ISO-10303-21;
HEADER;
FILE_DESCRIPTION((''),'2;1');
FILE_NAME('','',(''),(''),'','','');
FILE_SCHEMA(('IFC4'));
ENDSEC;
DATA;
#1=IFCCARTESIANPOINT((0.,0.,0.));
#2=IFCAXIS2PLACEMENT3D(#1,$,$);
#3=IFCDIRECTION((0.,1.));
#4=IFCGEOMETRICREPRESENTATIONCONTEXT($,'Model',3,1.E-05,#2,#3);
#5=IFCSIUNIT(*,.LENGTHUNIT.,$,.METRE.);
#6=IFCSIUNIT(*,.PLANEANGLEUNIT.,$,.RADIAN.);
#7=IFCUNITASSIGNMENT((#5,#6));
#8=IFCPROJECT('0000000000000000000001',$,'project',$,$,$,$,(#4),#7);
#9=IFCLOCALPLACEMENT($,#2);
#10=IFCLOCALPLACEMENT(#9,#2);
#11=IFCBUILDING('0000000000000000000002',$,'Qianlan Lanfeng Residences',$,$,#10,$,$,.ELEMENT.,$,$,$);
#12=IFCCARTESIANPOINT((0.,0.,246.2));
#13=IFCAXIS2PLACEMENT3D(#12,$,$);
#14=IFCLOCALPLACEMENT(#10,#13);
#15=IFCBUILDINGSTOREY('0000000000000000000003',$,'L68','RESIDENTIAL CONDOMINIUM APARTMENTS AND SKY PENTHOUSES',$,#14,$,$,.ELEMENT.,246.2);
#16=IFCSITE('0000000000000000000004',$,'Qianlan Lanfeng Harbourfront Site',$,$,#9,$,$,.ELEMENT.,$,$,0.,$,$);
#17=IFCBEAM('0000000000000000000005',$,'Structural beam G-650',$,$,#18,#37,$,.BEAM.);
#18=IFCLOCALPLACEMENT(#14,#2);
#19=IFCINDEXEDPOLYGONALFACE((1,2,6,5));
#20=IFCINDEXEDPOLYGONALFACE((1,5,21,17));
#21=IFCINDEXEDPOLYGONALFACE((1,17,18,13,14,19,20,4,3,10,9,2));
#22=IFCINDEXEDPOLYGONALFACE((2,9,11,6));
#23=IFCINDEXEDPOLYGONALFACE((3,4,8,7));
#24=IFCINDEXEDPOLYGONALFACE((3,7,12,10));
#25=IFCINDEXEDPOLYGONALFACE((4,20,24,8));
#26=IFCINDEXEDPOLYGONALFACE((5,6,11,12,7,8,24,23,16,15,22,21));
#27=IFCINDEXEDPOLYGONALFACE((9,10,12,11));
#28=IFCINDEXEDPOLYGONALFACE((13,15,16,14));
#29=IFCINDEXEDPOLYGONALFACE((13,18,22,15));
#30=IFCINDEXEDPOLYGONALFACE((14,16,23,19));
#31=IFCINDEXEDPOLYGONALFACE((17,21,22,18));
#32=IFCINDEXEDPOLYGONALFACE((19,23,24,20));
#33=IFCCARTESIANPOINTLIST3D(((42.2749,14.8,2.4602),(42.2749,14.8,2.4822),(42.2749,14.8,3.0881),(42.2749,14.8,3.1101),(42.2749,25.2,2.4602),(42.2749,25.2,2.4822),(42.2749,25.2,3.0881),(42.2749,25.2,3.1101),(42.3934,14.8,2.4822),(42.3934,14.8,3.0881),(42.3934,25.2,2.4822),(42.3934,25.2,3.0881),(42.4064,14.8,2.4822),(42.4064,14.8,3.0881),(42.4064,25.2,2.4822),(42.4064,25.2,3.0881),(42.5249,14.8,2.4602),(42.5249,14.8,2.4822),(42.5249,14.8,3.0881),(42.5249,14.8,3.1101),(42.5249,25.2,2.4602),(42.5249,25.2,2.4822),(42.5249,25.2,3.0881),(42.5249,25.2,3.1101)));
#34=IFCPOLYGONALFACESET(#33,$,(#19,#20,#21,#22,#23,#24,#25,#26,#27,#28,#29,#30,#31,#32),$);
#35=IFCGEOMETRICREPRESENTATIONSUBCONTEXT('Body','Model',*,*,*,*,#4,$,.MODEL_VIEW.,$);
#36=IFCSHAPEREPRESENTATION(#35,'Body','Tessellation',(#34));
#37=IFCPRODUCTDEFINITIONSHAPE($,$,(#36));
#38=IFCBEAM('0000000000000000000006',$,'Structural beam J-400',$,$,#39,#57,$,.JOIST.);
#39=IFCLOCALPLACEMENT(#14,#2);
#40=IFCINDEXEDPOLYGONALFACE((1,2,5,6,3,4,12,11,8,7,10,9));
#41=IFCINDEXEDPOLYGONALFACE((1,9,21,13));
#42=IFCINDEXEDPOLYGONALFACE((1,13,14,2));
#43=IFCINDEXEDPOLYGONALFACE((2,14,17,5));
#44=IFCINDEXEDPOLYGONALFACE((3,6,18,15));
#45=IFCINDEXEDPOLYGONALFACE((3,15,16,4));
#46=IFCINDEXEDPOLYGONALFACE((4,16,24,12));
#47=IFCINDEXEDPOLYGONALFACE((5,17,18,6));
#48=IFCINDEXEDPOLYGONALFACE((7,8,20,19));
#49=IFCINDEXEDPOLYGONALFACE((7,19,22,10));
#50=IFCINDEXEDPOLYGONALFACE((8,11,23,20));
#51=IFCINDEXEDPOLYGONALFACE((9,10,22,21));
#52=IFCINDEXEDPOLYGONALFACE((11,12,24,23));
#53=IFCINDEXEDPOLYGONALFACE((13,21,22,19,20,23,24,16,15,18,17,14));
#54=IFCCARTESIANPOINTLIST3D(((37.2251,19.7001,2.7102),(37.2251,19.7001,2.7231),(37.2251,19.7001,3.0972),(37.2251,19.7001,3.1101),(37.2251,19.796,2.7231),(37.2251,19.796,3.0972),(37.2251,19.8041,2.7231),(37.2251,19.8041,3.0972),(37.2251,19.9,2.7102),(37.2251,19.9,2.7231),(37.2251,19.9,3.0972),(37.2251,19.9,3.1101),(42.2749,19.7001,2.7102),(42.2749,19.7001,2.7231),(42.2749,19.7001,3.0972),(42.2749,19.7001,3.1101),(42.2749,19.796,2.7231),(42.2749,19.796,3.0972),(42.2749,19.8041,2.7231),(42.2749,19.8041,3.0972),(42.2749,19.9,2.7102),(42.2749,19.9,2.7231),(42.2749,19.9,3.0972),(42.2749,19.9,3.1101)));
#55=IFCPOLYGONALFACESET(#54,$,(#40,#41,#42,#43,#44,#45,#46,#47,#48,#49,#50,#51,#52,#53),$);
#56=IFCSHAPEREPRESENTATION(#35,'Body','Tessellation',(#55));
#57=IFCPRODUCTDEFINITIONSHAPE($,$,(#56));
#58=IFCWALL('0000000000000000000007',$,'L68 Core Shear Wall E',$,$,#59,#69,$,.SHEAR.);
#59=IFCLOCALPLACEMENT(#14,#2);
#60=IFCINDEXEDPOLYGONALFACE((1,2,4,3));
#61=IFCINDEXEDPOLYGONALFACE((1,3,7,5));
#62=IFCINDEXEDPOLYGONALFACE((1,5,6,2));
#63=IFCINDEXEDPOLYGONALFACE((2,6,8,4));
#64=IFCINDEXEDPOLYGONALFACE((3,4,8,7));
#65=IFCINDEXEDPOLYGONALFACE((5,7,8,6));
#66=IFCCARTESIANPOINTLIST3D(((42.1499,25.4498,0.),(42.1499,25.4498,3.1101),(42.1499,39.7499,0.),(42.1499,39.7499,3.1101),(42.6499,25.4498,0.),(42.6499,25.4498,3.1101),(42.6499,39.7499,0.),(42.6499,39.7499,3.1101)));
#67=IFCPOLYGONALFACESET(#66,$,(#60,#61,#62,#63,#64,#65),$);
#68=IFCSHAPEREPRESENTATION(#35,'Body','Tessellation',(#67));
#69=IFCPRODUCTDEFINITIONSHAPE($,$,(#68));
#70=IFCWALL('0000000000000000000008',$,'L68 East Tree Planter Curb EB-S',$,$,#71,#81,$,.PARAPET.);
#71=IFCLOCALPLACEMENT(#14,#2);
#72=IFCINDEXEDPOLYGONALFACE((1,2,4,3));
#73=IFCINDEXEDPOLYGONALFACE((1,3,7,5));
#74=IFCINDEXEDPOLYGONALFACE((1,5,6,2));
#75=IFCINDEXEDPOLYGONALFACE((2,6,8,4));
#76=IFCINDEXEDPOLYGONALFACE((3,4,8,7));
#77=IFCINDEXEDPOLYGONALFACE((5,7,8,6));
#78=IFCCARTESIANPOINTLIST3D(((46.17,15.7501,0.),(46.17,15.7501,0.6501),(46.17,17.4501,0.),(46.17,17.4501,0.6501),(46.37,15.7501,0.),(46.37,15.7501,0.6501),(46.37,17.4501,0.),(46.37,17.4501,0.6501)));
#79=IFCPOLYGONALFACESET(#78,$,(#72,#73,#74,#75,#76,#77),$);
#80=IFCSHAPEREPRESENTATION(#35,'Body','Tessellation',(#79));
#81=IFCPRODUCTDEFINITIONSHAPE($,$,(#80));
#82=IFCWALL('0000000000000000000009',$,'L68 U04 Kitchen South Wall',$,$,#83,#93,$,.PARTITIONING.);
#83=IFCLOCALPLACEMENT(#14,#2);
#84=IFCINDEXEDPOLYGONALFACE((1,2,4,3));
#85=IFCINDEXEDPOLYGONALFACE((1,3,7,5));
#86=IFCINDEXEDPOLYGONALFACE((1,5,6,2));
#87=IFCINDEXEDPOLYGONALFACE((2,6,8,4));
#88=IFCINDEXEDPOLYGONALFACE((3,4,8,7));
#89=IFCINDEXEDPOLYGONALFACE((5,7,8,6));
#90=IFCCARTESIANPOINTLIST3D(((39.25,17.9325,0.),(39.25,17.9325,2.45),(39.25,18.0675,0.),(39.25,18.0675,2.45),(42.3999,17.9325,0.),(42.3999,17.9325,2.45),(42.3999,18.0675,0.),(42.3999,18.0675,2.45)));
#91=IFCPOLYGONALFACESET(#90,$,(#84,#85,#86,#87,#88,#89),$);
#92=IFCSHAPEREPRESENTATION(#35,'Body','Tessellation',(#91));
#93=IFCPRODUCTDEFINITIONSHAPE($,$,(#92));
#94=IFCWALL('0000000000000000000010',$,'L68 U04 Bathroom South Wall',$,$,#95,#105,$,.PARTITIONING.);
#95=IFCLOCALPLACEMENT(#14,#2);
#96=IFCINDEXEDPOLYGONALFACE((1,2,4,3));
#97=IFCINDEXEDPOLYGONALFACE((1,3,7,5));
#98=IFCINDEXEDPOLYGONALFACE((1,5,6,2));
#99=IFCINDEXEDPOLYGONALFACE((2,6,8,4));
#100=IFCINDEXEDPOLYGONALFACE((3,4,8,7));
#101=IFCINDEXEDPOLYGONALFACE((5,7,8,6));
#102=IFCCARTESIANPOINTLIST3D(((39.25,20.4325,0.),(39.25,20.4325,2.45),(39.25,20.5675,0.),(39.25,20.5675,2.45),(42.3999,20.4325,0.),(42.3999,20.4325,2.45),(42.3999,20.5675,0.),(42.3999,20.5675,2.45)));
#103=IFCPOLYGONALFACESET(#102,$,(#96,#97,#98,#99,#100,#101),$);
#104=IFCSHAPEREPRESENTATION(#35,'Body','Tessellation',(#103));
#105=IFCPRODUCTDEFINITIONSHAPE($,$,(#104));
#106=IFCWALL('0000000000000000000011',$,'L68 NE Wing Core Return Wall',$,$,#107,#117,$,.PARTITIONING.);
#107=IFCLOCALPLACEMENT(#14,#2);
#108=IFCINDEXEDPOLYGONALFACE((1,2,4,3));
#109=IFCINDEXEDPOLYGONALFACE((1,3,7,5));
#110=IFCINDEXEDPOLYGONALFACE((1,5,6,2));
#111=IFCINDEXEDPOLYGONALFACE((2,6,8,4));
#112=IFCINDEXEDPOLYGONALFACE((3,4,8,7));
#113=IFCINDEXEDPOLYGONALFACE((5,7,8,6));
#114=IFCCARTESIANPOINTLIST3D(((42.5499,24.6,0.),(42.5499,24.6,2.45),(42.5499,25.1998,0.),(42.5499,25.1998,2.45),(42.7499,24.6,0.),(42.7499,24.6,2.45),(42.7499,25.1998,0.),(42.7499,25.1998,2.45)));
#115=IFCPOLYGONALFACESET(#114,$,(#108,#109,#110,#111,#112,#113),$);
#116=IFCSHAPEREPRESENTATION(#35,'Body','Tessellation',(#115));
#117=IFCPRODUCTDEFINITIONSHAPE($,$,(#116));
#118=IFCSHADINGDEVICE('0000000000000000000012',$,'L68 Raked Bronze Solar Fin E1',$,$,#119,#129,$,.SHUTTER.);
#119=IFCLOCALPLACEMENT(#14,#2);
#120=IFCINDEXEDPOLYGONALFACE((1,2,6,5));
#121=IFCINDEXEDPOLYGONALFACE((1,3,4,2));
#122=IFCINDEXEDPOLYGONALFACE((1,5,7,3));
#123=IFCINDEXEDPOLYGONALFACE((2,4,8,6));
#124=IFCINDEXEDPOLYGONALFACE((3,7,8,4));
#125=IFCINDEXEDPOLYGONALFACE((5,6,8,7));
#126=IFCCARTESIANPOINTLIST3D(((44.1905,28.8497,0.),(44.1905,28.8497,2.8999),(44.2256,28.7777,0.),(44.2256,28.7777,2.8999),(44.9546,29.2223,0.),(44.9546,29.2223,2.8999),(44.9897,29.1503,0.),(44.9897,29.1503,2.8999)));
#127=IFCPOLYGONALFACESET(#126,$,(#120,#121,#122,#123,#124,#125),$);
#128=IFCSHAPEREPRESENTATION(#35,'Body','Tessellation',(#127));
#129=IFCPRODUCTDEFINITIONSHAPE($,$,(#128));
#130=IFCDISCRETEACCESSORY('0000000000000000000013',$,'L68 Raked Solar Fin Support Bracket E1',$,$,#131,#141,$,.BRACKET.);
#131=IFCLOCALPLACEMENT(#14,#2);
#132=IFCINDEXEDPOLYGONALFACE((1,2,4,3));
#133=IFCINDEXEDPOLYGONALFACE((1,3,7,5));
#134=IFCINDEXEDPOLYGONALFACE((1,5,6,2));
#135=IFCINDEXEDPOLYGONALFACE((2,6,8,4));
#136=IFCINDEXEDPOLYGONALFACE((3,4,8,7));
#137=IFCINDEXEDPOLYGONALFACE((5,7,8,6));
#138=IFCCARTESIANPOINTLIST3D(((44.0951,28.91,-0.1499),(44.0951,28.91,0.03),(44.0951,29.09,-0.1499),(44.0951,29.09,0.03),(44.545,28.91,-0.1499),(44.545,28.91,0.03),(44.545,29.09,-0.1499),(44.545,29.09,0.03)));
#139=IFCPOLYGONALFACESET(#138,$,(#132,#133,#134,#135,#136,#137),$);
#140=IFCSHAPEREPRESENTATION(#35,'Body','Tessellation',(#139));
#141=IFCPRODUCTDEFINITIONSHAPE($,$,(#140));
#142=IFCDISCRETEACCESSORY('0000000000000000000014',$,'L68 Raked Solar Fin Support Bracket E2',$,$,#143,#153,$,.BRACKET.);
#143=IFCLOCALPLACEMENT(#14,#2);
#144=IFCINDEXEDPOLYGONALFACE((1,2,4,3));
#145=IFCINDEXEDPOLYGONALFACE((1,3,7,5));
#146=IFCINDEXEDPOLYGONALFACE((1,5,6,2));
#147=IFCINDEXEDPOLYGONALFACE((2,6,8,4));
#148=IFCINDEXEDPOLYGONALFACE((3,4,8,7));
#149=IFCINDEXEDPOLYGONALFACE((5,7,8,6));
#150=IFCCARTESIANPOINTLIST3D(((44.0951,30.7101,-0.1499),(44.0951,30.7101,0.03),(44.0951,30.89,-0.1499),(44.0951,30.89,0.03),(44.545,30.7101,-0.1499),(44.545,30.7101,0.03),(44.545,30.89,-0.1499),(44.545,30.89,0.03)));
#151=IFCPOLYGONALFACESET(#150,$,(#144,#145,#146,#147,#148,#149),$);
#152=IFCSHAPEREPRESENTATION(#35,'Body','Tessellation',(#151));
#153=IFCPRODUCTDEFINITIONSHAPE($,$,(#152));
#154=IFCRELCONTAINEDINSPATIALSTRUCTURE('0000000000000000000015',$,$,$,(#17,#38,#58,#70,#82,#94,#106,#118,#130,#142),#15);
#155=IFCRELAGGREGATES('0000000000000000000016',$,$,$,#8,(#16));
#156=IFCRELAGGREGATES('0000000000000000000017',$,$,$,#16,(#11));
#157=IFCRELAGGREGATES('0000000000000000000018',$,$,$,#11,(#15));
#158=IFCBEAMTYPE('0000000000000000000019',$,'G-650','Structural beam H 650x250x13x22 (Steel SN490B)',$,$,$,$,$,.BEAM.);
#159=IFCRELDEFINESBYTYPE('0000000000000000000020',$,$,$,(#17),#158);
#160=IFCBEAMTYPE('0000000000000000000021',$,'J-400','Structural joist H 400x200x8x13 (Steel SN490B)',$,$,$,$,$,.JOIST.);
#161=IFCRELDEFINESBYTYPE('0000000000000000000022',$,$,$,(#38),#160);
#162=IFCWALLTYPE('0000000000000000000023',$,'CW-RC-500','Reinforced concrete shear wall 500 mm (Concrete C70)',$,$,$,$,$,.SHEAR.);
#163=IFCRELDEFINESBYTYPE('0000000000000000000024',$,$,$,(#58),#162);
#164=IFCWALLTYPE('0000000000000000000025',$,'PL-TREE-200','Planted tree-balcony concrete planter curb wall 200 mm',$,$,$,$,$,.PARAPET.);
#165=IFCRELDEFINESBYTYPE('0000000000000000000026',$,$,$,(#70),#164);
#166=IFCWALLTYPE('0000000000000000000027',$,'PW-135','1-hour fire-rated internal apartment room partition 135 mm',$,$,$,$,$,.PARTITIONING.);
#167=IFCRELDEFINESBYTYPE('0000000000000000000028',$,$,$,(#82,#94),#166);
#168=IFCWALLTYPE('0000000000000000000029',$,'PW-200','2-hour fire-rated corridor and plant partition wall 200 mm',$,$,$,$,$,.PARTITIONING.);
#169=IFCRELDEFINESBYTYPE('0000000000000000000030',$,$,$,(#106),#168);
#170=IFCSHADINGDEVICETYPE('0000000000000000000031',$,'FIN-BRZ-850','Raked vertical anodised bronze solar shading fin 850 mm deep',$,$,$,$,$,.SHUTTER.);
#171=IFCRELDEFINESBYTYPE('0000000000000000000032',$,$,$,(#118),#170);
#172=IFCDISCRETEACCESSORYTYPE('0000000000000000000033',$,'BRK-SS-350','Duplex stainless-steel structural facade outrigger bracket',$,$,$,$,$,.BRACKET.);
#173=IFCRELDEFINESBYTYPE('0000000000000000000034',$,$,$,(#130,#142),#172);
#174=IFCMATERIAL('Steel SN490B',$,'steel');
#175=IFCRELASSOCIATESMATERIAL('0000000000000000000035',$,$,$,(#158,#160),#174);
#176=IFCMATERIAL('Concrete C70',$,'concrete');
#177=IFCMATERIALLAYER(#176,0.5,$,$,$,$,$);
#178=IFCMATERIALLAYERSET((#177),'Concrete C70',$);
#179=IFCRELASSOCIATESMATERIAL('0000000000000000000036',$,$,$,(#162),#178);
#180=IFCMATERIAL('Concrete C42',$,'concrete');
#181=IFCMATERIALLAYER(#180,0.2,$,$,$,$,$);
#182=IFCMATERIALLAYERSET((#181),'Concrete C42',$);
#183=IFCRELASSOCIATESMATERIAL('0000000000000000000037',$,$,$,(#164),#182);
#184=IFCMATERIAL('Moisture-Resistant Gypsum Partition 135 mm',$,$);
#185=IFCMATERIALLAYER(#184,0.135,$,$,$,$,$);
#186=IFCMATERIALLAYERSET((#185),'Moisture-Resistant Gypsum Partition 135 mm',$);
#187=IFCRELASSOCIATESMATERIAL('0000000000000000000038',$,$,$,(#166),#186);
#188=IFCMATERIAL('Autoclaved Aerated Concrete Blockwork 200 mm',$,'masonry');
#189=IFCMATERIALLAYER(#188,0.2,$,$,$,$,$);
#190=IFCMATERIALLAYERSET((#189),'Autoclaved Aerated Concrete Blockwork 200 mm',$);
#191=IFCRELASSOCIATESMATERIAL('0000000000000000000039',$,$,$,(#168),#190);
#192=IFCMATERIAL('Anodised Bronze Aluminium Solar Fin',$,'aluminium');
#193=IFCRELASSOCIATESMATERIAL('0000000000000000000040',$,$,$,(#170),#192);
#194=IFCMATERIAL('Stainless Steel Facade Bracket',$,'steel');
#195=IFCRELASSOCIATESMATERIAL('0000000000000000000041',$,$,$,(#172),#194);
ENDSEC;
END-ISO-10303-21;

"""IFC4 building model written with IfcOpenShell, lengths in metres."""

from ifc_helpers import new_model, si_unit, direction, frame, frame_2d, origin, origin_2d, place, context, subcontext, project, spatial, rectangle, i_section, extrude, source, transform, mapped, material, layer, layer_set, material_profile, profile_set, type_object, element, save


model = new_model("IFC4")

# Units and contexts
model_context = context("Model", 3, precision=1e-05, world=origin(), true_north=direction((0.0, 1.0)))
body_context = subcontext(model_context, "Body", "Model", "MODEL_VIEW")
ifc_project = project(units=[si_unit("LENGTHUNIT", "METRE"), si_unit("PLANEANGLEUNIT", "RADIAN")], contexts=[model_context])

# Site, building, storey
site_placement = place(None, origin())
site = spatial("IfcSite", under=ifc_project, at=site_placement, Name="Qianlan Lanfeng Harbourfront Site", CompositionType="ELEMENT", RefElevation=0.0)
building_placement = place(site_placement, origin())
building = spatial("IfcBuilding", under=site, at=building_placement, Name="Qianlan Lanfeng Residences", CompositionType="ELEMENT")
storey_placement = place(building_placement, frame((0.0, 0.0, 246.2)))
storey = spatial("IfcBuildingStorey", under=building, at=storey_placement, Name="L68", Description="RESIDENTIAL CONDOMINIUM APARTMENTS AND SKY PENTHOUSES", CompositionType="ELEMENT", Elevation=246.2)

# Beams
ifc_material_1 = material(Name="Steel SN490B", Category="steel")
ifc_material_profile_1 = material_profile(ifc_material_1, i_section(OverallWidth=0.25, OverallDepth=0.6499, WebThickness=0.0129, FlangeThickness=0.022, at=origin_2d()), Name="H 650x250x13x22")
ifc_profile_set_1 = profile_set([ifc_material_profile_1], Name="Steel SN490B")
beam_type_1 = type_object("IfcBeamType", Name="G-650", Description="Structural beam H 650x250x13x22 (Steel SN490B)", PredefinedType="BEAM", material=ifc_profile_set_1)
beam_1_placement = place(storey_placement, frame((42.3999, 14.8, 2.7852), z_axis=(0.0, 1.0, 0.0), x_axis=(-1.0, 0.0, 0.0)))
element("IfcBeam", 1, at=beam_1_placement, inside=storey, type_object=beam_type_1, Name="Structural beam G-650", PredefinedType="BEAM", context=body_context, shape_type="SweptSolid", body=[
    extrude(i_section(OverallWidth=0.25, OverallDepth=0.6499, WebThickness=0.0129, FlangeThickness=0.022, at=origin_2d()), origin(), (0.0, 0.0, 1.0), 10.3999),
])
ifc_material_profile_2 = material_profile(ifc_material_1, i_section(OverallWidth=0.2, OverallDepth=0.3999, WebThickness=0.0081, FlangeThickness=0.0129, at=origin_2d()), Name="H 400x200x8x13")
ifc_profile_set_2 = profile_set([ifc_material_profile_2], Name="Steel SN490B")
beam_type_2 = type_object("IfcBeamType", Name="J-400", Description="Structural joist H 400x200x8x13 (Steel SN490B)", PredefinedType="JOIST", material=ifc_profile_set_2)
beam_2_placement = place(storey_placement, frame((37.2251, 19.8, 2.9102), z_axis=(1.0, 0.0, 0.0), x_axis=(0.0, 1.0, 0.0)))
element("IfcBeam", 2, at=beam_2_placement, inside=storey, type_object=beam_type_2, Name="Structural beam J-400", PredefinedType="JOIST", context=body_context, shape_type="SweptSolid", body=[
    extrude(i_section(OverallWidth=0.2, OverallDepth=0.3999, WebThickness=0.0081, FlangeThickness=0.0129, at=origin_2d()), origin(), (0.0, 0.0, 1.0), 5.0498),
])

# Walls
ifc_material_2 = material(Name="Concrete C70", Category="concrete")
ifc_layer_1 = layer(ifc_material_2, 0.5)
ifc_layer_set_1 = layer_set([ifc_layer_1], Name="Concrete C70")
wall_type_1 = type_object("IfcWallType", Name="CW-RC-500", Description="Reinforced concrete shear wall 500 mm (Concrete C70)", PredefinedType="SHEAR", material=ifc_layer_set_1)
wall_1_placement = place(storey_placement, frame((42.3999, 25.45, 0.0), z_axis=(0.0, 0.0, 1.0), x_axis=(0.0, 1.0, 0.0)))
element("IfcWall", 3, at=wall_1_placement, inside=storey, type_object=wall_type_1, Name="L68 Core Shear Wall E", PredefinedType="SHEAR", context=body_context, shape_type="SweptSolid", body=[
    extrude(rectangle(XDim=14.3, YDim=0.5, at=frame_2d((7.1499, 0.0))), origin(), (0.0, 0.0, 1.0), 3.1101),
])
ifc_material_3 = material(Name="Concrete C42", Category="concrete")
ifc_layer_2 = layer(ifc_material_3, 0.2)
ifc_layer_set_2 = layer_set([ifc_layer_2], Name="Concrete C42")
wall_type_2 = type_object("IfcWallType", Name="PL-TREE-200", Description="Planted tree-balcony concrete planter curb wall 200 mm", PredefinedType="PARAPET", material=ifc_layer_set_2)
wall_2_placement = place(storey_placement, frame((46.27, 15.75, 0.0), z_axis=(0.0, 0.0, 1.0), x_axis=(0.0, 1.0, 0.0)))
element("IfcWall", 4, at=wall_2_placement, inside=storey, type_object=wall_type_2, Name="L68 East Tree Planter Curb EB-S", PredefinedType="PARAPET", context=body_context, shape_type="SweptSolid", body=[
    extrude(rectangle(XDim=1.7, YDim=0.2, at=frame_2d((0.8501, 0.0))), origin(), (0.0, 0.0, 1.0), 0.6501),
])

# Shared definitions
ifc_material_4 = material(Name="Moisture-Resistant Gypsum Partition 135 mm")
ifc_layer_3 = layer(ifc_material_4, 0.135)
ifc_layer_set_3 = layer_set([ifc_layer_3], Name="Moisture-Resistant Gypsum Partition 135 mm")
wall_type_3 = type_object("IfcWallType", Name="PW-135", Description="1-hour fire-rated internal apartment room partition 135 mm", PredefinedType="PARTITIONING", material=ifc_layer_set_3)

# Walls
for number, where, z_axis, x_axis, name in (
    (5, (39.25, 18.0, 0.0), (0.0, 0.0, 1.0), (1.0, 0.0, 0.0), "L68 U04 Kitchen South Wall"),
    (6, (39.25, 20.5, 0.0), (0.0, 0.0, 1.0), (1.0, 0.0, 0.0), "L68 U04 Bathroom South Wall"),
):
    element("IfcWall", number, at=place(storey_placement, frame(where, z_axis=z_axis, x_axis=x_axis)), inside=storey, type_object=wall_type_3, Name=name, PredefinedType="PARTITIONING", context=body_context, shape_type="SweptSolid", body=[
        extrude(rectangle(XDim=3.1499, YDim=0.135, at=frame_2d((1.575, 0.0))), origin(), (0.0, 0.0, 1.0), 2.45),
    ])

# Shared definitions
ifc_material_5 = material(Name="Autoclaved Aerated Concrete Blockwork 200 mm", Category="masonry")
ifc_layer_4 = layer(ifc_material_5, 0.2)
ifc_layer_set_4 = layer_set([ifc_layer_4], Name="Autoclaved Aerated Concrete Blockwork 200 mm")
wall_type_4 = type_object("IfcWallType", Name="PW-200", Description="2-hour fire-rated corridor and plant partition wall 200 mm", PredefinedType="PARTITIONING", material=ifc_layer_set_4)

# Wall
wall_3_placement = place(storey_placement, frame((42.6499, 24.6001, 0.0), z_axis=(0.0, 0.0, 1.0), x_axis=(0.0, 1.0, 0.0)))
element("IfcWall", 7, at=wall_3_placement, inside=storey, type_object=wall_type_4, Name="L68 NE Wing Core Return Wall", PredefinedType="PARTITIONING", context=body_context, shape_type="SweptSolid", body=[
    extrude(rectangle(XDim=0.5999, YDim=0.2, at=frame_2d((0.2998, 0.0))), origin(), (0.0, 0.0, 1.0), 2.45),
])

# Shading device
ifc_material_6 = material(Name="Anodised Bronze Aluminium Solar Fin", Category="aluminium")
shading_device_type = type_object("IfcShadingDeviceType", Name="FIN-BRZ-850", Description="Raked vertical anodised bronze solar shading fin 850 mm deep", PredefinedType="SHUTTER", material=ifc_material_6)
shared_shape_1 = source(origin(), body_context, "Body", "SweptSolid", [
    extrude(rectangle(XDim=0.8501, YDim=0.0801, at=origin_2d()), origin(), (0.0, 0.0, 1.0), 2.8999),
])
shading_device_placement = place(storey_placement, frame((44.5901, 29.0, 0.0), z_axis=(0.0, 0.0, 1.0), x_axis=(0.898794, 0.438371, 0.0)))
element("IfcShadingDevice", 8, at=shading_device_placement, inside=storey, type_object=shading_device_type, Name="L68 Raked Bronze Solar Fin E1", PredefinedType="SHUTTER", context=body_context, shape_type="MappedRepresentation", body=[
    mapped(shared_shape_1, transform((0.0, 0.0, 0.0), scale=1.0)),
])

# Discrete accessories
ifc_material_7 = material(Name="Stainless Steel Facade Bracket", Category="steel")
discrete_accessory_type = type_object("IfcDiscreteAccessoryType", Name="BRK-SS-350", Description="Duplex stainless-steel structural facade outrigger bracket", PredefinedType="BRACKET", material=ifc_material_7)
shared_shape_2 = source(origin(), body_context, "Body", "SweptSolid", [
    extrude(rectangle(XDim=0.45, YDim=0.1799, at=origin_2d()), origin(), (0.0, 0.0, 1.0), 0.1799),
])
for number, where, z_axis, x_axis, name in (
    (9, (44.3201, 29.0, -0.1499), (0.0, 0.0, 1.0), (1.0, 0.0, 0.0), "L68 Raked Solar Fin Support Bracket E1"),
    (10, (44.3201, 30.8, -0.1499), (0.0, 0.0, 1.0), (1.0, 0.0, 0.0), "L68 Raked Solar Fin Support Bracket E2"),
):
    element("IfcDiscreteAccessory", number, at=place(storey_placement, frame(where, z_axis=z_axis, x_axis=x_axis)), inside=storey, type_object=discrete_accessory_type, Name=name, PredefinedType="BRACKET", context=body_context, shape_type="MappedRepresentation", body=[
        mapped(shared_shape_2, transform((0.0, 0.0, 0.0), scale=1.0)),
    ])

save(model, "model.ifc")
